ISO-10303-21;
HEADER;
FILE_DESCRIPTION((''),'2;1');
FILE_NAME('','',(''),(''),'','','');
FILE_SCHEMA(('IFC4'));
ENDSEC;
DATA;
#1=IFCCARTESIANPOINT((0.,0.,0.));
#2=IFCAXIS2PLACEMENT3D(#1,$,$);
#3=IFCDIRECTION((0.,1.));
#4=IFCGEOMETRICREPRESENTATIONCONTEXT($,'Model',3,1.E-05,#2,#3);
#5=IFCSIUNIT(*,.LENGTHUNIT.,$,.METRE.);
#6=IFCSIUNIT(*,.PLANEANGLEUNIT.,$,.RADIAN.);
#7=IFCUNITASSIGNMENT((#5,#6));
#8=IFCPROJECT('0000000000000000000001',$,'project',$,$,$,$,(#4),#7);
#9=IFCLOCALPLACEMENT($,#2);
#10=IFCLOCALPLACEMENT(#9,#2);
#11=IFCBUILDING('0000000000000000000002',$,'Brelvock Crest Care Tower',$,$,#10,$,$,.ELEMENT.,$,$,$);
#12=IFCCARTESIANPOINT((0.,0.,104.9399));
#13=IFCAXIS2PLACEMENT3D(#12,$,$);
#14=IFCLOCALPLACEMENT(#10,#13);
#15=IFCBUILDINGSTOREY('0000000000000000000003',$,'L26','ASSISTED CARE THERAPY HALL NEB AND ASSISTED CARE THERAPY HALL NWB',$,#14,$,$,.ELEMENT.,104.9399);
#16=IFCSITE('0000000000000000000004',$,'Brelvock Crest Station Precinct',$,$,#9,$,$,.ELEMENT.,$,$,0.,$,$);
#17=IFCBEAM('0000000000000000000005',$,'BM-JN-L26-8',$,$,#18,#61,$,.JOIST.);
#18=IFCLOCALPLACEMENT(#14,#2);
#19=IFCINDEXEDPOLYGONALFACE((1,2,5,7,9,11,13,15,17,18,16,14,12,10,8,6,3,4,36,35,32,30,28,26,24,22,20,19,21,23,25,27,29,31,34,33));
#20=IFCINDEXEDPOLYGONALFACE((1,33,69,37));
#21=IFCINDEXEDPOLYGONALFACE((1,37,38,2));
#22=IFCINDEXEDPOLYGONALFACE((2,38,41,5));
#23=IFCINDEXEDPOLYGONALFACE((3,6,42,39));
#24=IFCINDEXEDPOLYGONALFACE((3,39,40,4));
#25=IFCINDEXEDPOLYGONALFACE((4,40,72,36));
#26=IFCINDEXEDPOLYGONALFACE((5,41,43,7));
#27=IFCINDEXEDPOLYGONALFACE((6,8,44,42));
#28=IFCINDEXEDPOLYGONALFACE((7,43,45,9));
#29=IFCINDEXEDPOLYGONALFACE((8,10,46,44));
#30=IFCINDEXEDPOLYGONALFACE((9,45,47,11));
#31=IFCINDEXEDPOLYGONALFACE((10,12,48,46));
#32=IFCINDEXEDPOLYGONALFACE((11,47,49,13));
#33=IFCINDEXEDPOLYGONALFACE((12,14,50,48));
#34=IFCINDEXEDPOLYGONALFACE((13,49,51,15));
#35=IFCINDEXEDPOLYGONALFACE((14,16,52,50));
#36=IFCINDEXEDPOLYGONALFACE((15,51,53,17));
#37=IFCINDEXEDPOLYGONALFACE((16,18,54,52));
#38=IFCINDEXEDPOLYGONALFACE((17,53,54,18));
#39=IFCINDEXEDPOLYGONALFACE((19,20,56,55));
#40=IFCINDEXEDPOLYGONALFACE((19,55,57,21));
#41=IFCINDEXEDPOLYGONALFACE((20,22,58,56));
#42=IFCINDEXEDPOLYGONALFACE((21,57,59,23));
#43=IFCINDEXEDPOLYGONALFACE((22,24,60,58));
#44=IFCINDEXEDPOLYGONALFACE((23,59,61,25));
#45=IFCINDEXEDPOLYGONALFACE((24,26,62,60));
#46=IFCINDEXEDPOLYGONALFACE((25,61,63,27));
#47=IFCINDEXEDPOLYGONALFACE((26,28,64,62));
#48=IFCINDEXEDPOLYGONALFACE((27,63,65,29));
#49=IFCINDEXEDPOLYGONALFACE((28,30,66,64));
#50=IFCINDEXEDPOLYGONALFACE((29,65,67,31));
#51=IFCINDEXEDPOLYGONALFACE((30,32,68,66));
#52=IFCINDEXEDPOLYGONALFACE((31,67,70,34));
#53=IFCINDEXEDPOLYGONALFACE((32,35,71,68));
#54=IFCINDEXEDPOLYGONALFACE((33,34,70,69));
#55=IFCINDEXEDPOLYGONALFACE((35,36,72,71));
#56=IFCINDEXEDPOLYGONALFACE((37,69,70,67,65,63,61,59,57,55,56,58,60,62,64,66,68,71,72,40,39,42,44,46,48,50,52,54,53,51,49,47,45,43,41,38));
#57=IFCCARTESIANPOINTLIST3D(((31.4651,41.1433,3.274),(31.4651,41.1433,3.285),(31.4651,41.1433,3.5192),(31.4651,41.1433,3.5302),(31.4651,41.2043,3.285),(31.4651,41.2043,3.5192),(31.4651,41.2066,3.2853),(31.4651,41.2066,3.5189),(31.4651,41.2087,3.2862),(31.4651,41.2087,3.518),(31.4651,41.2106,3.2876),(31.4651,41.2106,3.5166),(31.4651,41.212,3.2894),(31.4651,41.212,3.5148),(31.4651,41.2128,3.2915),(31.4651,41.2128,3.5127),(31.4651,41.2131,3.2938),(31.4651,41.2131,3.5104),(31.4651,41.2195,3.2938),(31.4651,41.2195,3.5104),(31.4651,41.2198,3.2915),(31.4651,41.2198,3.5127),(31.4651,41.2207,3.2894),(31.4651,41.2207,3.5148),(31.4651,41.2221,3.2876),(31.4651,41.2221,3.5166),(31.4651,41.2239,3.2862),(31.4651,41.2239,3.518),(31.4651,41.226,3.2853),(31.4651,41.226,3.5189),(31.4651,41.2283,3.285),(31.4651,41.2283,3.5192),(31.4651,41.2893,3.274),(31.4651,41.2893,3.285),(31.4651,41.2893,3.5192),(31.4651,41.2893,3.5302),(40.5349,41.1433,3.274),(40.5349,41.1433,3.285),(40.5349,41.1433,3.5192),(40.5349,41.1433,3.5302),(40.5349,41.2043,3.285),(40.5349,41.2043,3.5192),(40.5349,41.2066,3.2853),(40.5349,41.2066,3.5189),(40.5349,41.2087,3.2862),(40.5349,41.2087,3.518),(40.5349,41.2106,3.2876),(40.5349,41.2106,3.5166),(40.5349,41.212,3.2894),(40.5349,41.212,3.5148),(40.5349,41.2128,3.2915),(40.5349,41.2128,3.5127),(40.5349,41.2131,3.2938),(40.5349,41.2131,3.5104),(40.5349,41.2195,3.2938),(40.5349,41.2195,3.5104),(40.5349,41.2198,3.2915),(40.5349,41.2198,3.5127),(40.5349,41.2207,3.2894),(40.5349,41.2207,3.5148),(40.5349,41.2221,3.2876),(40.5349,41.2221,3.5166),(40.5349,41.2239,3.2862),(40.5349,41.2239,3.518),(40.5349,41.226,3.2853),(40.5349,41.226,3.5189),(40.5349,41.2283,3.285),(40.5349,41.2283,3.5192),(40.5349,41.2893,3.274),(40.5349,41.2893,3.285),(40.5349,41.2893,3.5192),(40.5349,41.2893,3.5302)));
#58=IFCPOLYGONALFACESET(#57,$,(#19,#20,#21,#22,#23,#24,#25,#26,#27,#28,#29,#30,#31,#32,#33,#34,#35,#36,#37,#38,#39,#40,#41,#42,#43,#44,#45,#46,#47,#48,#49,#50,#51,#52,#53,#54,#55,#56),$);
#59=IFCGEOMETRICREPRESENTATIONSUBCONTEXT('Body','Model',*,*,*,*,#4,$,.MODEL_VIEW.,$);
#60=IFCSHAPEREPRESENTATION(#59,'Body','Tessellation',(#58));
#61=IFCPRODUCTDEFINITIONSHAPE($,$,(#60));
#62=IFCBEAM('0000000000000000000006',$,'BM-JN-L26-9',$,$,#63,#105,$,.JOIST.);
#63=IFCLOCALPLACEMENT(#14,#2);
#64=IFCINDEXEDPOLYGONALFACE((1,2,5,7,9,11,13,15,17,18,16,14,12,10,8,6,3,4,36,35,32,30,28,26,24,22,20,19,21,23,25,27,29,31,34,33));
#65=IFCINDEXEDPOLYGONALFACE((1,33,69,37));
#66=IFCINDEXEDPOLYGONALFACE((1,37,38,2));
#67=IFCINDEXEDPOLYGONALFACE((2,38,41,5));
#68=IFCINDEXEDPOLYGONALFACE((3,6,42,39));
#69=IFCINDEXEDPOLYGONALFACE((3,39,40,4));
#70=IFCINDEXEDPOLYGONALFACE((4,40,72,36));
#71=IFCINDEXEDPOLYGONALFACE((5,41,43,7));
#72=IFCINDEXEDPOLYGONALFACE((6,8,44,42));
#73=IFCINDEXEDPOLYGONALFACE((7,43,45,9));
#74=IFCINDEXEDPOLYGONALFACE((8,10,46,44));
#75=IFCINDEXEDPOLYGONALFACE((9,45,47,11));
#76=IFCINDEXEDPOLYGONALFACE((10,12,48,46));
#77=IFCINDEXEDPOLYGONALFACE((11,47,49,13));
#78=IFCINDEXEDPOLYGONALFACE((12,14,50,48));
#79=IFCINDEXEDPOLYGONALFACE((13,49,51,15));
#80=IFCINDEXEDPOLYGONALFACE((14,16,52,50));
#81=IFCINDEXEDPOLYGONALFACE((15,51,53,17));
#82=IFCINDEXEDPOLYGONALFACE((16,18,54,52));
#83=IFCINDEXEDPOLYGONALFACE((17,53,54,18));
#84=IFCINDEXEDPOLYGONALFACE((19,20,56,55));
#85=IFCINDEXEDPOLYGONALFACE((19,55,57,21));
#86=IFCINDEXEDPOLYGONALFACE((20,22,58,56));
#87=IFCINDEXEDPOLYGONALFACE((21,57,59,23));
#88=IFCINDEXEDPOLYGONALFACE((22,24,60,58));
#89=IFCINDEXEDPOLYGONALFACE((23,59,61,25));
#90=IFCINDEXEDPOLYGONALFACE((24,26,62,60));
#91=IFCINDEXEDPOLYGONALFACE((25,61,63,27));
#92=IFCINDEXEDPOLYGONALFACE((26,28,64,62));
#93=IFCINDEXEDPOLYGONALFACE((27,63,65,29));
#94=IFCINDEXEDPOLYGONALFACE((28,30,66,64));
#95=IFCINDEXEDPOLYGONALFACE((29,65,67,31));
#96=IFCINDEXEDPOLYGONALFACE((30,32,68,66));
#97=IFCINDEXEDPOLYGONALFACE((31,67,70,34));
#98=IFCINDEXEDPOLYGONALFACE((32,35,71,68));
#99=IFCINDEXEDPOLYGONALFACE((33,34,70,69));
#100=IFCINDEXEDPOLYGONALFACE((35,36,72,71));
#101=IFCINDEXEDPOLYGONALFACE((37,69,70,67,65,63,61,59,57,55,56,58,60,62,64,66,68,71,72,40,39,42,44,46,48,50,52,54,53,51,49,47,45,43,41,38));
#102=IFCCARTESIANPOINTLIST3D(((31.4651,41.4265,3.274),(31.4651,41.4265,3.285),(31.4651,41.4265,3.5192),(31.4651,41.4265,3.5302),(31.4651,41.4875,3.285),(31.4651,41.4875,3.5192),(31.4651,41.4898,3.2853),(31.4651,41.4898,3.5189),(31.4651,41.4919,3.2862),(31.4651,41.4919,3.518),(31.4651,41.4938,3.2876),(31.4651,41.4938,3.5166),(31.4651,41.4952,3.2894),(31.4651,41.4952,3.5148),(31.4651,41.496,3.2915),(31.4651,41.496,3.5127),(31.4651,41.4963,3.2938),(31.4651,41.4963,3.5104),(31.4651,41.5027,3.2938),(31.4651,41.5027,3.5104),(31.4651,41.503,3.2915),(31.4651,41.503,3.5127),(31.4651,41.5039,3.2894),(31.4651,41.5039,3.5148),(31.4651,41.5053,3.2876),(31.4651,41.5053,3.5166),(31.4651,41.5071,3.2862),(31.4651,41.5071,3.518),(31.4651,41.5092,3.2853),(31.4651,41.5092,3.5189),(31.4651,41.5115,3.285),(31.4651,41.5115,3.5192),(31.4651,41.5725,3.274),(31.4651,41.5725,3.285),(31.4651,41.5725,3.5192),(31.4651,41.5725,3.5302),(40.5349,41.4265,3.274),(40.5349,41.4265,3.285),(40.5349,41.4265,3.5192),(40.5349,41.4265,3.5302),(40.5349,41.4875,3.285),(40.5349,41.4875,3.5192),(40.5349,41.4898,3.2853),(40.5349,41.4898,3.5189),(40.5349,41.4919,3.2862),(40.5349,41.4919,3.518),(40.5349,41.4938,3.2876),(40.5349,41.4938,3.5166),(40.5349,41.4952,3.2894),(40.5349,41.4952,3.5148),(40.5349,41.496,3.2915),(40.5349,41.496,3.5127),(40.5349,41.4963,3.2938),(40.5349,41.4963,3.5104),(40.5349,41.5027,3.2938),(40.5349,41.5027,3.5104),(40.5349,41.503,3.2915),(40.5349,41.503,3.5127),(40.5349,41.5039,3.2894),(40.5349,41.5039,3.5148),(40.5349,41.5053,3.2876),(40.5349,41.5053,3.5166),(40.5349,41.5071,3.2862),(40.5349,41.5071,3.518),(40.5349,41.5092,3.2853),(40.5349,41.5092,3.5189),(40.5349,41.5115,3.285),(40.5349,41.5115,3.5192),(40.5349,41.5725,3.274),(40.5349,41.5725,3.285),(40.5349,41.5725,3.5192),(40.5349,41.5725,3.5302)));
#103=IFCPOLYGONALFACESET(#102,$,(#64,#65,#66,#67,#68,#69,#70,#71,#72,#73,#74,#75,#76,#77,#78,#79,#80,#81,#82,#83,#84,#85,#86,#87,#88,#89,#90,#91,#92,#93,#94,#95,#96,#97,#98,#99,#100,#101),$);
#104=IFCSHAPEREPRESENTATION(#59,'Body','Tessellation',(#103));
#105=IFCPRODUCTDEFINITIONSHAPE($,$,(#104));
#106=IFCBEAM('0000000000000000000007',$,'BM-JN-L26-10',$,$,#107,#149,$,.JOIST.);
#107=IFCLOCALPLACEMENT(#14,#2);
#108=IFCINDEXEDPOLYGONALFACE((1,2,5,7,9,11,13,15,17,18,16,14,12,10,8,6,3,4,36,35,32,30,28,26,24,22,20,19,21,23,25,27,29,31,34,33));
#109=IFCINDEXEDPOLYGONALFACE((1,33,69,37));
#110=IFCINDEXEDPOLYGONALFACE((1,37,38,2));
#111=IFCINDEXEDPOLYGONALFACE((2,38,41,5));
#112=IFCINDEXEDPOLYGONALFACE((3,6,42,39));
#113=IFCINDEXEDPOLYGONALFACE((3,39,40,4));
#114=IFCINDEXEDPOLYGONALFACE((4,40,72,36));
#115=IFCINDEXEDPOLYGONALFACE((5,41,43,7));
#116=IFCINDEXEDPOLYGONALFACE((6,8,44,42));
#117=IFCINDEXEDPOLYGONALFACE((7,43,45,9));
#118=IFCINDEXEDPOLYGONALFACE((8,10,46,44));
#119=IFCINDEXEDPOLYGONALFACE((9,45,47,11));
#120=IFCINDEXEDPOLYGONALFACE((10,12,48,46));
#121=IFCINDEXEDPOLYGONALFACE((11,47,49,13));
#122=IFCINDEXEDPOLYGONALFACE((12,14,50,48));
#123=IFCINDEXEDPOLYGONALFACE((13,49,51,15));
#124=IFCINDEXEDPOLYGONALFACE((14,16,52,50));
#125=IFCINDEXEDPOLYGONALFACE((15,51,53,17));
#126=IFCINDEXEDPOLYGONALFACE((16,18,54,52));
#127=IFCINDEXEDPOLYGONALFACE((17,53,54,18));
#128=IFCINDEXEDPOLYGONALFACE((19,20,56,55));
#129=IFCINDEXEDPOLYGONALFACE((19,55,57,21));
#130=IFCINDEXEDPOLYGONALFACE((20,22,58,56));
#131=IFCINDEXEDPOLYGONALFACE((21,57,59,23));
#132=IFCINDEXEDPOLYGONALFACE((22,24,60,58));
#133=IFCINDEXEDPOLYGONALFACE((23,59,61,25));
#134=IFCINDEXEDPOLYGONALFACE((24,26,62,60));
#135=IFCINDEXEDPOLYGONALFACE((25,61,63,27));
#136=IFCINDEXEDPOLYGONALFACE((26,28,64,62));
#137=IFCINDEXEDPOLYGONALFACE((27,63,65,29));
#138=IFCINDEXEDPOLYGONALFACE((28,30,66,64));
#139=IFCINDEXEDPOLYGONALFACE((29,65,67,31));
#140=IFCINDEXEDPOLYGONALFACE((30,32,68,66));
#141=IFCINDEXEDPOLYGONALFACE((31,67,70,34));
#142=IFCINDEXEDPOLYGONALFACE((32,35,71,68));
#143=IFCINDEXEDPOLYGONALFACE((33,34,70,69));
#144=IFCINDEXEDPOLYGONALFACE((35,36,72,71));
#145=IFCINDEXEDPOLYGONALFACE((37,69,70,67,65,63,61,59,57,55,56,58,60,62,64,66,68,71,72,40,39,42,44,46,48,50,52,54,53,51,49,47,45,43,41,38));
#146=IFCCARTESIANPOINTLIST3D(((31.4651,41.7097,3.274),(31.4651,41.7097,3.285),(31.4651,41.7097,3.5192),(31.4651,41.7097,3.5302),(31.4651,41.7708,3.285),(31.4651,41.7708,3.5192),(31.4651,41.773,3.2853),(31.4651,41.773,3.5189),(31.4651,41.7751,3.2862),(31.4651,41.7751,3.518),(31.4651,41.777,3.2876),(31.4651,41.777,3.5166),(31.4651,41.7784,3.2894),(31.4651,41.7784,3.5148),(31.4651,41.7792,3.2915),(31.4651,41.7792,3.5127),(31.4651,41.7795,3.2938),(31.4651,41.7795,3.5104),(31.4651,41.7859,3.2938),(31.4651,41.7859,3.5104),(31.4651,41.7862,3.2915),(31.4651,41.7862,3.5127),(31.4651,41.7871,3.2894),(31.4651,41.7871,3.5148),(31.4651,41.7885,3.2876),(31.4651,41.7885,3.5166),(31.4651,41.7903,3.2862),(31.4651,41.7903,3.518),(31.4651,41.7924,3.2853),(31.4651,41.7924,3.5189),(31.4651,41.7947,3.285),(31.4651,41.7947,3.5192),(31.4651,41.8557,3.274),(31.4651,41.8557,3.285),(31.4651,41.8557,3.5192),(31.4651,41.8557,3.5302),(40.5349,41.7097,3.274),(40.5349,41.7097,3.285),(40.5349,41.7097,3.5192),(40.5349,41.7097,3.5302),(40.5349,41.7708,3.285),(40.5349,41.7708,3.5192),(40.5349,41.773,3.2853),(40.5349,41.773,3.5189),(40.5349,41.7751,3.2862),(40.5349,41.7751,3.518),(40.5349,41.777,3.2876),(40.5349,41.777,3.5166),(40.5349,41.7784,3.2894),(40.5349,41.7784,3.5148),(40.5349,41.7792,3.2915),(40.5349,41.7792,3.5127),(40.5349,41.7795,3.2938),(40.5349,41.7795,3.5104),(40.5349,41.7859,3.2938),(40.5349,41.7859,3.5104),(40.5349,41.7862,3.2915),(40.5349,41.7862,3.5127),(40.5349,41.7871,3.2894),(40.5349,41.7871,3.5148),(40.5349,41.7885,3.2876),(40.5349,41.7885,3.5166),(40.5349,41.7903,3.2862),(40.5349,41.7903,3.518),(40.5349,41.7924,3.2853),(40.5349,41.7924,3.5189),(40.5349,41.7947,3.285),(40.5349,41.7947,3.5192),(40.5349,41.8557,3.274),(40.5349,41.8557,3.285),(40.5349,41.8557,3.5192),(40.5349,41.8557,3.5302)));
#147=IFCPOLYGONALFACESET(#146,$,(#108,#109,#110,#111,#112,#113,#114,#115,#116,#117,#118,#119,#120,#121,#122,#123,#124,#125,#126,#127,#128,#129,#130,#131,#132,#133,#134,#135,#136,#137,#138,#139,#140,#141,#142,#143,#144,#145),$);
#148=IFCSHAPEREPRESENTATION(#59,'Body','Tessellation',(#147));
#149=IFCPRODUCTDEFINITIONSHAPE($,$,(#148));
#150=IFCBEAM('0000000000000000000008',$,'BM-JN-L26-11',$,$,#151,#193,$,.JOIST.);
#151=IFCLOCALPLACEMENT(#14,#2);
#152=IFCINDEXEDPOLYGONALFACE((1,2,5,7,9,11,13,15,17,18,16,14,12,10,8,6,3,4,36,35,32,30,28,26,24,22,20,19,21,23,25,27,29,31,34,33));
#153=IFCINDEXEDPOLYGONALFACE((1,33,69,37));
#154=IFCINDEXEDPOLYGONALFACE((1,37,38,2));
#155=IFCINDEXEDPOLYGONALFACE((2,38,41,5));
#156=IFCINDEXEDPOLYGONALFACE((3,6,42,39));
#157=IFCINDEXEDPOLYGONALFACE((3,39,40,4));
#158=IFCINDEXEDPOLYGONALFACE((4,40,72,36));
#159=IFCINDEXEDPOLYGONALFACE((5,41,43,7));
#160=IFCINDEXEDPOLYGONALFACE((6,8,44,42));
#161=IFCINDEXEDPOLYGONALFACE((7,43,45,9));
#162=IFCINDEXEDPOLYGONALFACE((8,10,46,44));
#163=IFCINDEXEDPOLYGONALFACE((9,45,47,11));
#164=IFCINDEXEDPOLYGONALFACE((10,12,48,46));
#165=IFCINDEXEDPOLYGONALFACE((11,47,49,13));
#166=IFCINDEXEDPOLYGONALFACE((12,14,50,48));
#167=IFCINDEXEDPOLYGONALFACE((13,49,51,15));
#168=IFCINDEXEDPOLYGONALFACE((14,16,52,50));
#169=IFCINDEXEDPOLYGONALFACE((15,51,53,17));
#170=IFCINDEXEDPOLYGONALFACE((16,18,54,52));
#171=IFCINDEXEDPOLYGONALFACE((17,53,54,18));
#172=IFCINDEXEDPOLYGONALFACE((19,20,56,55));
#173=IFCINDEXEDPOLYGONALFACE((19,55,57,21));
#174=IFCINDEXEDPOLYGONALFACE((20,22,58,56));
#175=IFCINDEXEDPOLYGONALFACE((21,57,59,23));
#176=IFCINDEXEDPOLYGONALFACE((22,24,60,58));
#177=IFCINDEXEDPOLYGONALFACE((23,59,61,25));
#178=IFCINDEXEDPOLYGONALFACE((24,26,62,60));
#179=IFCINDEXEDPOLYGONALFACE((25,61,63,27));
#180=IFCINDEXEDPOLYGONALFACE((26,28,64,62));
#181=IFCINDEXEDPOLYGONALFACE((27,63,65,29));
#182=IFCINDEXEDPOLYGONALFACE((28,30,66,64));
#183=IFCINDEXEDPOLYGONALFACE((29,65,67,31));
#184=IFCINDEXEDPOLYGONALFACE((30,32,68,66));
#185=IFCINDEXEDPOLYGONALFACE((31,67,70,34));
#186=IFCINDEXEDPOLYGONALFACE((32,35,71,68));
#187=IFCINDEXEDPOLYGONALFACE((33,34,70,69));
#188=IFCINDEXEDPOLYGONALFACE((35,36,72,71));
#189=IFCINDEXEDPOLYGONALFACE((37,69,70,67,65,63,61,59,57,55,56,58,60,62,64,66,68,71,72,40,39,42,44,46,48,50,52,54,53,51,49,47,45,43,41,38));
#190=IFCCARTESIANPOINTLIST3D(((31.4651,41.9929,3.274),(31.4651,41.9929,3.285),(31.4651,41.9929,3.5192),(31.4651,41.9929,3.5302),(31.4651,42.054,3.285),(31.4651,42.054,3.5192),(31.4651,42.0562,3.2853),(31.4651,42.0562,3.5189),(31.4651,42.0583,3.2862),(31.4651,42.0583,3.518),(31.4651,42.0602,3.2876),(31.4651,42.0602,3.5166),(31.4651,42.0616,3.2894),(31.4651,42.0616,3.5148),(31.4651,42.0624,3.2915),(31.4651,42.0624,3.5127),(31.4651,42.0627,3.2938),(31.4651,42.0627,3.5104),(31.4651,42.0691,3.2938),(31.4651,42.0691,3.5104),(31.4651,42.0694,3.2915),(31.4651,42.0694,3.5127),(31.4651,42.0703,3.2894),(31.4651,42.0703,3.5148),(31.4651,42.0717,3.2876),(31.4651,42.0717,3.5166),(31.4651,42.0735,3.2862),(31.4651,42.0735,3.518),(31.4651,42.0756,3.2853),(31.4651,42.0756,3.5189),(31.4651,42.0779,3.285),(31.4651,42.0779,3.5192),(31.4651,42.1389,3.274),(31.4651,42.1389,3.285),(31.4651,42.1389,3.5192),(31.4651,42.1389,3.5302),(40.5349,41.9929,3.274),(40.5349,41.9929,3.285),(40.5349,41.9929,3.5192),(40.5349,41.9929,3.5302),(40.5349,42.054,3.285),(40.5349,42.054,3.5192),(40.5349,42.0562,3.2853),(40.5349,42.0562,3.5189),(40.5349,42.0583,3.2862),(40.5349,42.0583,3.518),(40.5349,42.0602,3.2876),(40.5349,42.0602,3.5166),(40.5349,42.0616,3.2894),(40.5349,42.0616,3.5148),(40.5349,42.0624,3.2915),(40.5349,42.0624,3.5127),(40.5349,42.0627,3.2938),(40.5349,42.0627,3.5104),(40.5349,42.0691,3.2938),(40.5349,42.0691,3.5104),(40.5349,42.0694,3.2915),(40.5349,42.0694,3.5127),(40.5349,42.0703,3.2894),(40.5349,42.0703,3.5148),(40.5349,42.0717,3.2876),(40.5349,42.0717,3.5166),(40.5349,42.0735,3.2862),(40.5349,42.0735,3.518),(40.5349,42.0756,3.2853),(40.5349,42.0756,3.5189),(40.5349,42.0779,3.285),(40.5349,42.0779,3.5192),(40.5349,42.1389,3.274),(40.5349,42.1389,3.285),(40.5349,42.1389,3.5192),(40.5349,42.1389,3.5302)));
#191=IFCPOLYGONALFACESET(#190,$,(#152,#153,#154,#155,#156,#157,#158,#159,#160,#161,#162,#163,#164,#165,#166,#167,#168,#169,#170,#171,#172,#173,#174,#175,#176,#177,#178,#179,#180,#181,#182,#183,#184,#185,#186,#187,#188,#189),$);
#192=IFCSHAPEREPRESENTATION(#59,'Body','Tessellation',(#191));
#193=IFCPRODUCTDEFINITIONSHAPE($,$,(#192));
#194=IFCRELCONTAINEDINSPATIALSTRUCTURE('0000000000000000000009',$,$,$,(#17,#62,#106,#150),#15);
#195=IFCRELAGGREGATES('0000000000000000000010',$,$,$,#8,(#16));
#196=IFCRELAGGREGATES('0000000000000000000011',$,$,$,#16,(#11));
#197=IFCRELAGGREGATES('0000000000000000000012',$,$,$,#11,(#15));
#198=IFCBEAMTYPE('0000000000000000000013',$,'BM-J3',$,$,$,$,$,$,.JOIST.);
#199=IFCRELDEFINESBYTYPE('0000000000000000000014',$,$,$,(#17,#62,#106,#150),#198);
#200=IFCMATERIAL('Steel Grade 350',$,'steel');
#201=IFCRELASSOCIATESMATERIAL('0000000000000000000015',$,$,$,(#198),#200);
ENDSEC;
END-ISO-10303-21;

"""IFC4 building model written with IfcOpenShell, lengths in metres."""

from ifc_helpers import new_model, si_unit, direction, frame, origin, origin_2d, place, context, subcontext, project, spatial, i_section, extrude, source, transform, mapped, material, material_profile, profile_set, type_object, element, save


model = new_model("IFC4")

# Units and contexts
model_context = context("Model", 3, precision=1e-05, world=origin(), true_north=direction((0.0, 1.0)))
body_context = subcontext(model_context, "Body", "Model", "MODEL_VIEW")
ifc_project = project(units=[si_unit("LENGTHUNIT", "METRE"), si_unit("PLANEANGLEUNIT", "RADIAN")], contexts=[model_context])

# Site, building, storey
site_placement = place(None, origin())
site = spatial("IfcSite", under=ifc_project, at=site_placement, Name="Brelvock Crest Station Precinct", CompositionType="ELEMENT", RefElevation=0.0)
building_placement = place(site_placement, origin())
building = spatial("IfcBuilding", under=site, at=building_placement, Name="Brelvock Crest Care Tower", CompositionType="ELEMENT")
storey_placement = place(building_placement, frame((0.0, 0.0, 104.9399)))
storey = spatial("IfcBuildingStorey", under=building, at=storey_placement, Name="L26", Description="ASSISTED CARE THERAPY HALL NEB AND ASSISTED CARE THERAPY HALL NWB", CompositionType="ELEMENT", Elevation=104.9399)

# Shared definitions
ifc_material_1 = material(Name="Steel Grade 350", Category="steel")

# Beams
ifc_material_profile_1 = material_profile(ifc_material_1, i_section(OverallWidth=0.146, OverallDepth=0.2561, WebThickness=0.0063, FlangeThickness=0.011, FilletRadius=0.0088, at=origin_2d()), Name="250UB37.3")
ifc_profile_set_1 = profile_set([ifc_material_profile_1], Name="Steel Grade 350")
beam_type_1 = type_object("IfcBeamType", Name="BM-J3", PredefinedType="JOIST", material=ifc_profile_set_1)
shared_shape_1 = source(origin(), body_context, "Body", "SweptSolid", [
    extrude(i_section(OverallWidth=0.146, OverallDepth=0.2561, WebThickness=0.0063, FlangeThickness=0.011, FilletRadius=0.0088, at=origin_2d()), origin(), (0.0, 0.0, 1.0), 9.0698),
])
for number, where, z_axis, x_axis, name in (
    (1, (31.4651, 41.2163, 3.4021), (1.0, 0.0, 0.0), (0.0, 1.0, 0.0), "BM-JN-L26-8"),
    (2, (31.4651, 41.4995, 3.4021), (1.0, 0.0, 0.0), (0.0, 1.0, 0.0), "BM-JN-L26-9"),
    (3, (31.4651, 41.7827, 3.4021), (1.0, 0.0, 0.0), (0.0, 1.0, 0.0), "BM-JN-L26-10"),
    (4, (31.4651, 42.0659, 3.4021), (1.0, 0.0, 0.0), (0.0, 1.0, 0.0), "BM-JN-L26-11"),
):
    element("IfcBeam", number, at=place(storey_placement, frame(where, z_axis=z_axis, x_axis=x_axis)), inside=storey, type_object=beam_type_1, Name=name, PredefinedType="JOIST", context=body_context, shape_type="MappedRepresentation", body=[
        mapped(shared_shape_1, transform((0.0, 0.0, 0.0), x_axis=(1.0, 0.0, 0.0), y_axis=(0.0, 1.0, 0.0), z_axis=(0.0, 0.0, 1.0), scale=1.0)),
    ])

save(model, "model.ifc")
